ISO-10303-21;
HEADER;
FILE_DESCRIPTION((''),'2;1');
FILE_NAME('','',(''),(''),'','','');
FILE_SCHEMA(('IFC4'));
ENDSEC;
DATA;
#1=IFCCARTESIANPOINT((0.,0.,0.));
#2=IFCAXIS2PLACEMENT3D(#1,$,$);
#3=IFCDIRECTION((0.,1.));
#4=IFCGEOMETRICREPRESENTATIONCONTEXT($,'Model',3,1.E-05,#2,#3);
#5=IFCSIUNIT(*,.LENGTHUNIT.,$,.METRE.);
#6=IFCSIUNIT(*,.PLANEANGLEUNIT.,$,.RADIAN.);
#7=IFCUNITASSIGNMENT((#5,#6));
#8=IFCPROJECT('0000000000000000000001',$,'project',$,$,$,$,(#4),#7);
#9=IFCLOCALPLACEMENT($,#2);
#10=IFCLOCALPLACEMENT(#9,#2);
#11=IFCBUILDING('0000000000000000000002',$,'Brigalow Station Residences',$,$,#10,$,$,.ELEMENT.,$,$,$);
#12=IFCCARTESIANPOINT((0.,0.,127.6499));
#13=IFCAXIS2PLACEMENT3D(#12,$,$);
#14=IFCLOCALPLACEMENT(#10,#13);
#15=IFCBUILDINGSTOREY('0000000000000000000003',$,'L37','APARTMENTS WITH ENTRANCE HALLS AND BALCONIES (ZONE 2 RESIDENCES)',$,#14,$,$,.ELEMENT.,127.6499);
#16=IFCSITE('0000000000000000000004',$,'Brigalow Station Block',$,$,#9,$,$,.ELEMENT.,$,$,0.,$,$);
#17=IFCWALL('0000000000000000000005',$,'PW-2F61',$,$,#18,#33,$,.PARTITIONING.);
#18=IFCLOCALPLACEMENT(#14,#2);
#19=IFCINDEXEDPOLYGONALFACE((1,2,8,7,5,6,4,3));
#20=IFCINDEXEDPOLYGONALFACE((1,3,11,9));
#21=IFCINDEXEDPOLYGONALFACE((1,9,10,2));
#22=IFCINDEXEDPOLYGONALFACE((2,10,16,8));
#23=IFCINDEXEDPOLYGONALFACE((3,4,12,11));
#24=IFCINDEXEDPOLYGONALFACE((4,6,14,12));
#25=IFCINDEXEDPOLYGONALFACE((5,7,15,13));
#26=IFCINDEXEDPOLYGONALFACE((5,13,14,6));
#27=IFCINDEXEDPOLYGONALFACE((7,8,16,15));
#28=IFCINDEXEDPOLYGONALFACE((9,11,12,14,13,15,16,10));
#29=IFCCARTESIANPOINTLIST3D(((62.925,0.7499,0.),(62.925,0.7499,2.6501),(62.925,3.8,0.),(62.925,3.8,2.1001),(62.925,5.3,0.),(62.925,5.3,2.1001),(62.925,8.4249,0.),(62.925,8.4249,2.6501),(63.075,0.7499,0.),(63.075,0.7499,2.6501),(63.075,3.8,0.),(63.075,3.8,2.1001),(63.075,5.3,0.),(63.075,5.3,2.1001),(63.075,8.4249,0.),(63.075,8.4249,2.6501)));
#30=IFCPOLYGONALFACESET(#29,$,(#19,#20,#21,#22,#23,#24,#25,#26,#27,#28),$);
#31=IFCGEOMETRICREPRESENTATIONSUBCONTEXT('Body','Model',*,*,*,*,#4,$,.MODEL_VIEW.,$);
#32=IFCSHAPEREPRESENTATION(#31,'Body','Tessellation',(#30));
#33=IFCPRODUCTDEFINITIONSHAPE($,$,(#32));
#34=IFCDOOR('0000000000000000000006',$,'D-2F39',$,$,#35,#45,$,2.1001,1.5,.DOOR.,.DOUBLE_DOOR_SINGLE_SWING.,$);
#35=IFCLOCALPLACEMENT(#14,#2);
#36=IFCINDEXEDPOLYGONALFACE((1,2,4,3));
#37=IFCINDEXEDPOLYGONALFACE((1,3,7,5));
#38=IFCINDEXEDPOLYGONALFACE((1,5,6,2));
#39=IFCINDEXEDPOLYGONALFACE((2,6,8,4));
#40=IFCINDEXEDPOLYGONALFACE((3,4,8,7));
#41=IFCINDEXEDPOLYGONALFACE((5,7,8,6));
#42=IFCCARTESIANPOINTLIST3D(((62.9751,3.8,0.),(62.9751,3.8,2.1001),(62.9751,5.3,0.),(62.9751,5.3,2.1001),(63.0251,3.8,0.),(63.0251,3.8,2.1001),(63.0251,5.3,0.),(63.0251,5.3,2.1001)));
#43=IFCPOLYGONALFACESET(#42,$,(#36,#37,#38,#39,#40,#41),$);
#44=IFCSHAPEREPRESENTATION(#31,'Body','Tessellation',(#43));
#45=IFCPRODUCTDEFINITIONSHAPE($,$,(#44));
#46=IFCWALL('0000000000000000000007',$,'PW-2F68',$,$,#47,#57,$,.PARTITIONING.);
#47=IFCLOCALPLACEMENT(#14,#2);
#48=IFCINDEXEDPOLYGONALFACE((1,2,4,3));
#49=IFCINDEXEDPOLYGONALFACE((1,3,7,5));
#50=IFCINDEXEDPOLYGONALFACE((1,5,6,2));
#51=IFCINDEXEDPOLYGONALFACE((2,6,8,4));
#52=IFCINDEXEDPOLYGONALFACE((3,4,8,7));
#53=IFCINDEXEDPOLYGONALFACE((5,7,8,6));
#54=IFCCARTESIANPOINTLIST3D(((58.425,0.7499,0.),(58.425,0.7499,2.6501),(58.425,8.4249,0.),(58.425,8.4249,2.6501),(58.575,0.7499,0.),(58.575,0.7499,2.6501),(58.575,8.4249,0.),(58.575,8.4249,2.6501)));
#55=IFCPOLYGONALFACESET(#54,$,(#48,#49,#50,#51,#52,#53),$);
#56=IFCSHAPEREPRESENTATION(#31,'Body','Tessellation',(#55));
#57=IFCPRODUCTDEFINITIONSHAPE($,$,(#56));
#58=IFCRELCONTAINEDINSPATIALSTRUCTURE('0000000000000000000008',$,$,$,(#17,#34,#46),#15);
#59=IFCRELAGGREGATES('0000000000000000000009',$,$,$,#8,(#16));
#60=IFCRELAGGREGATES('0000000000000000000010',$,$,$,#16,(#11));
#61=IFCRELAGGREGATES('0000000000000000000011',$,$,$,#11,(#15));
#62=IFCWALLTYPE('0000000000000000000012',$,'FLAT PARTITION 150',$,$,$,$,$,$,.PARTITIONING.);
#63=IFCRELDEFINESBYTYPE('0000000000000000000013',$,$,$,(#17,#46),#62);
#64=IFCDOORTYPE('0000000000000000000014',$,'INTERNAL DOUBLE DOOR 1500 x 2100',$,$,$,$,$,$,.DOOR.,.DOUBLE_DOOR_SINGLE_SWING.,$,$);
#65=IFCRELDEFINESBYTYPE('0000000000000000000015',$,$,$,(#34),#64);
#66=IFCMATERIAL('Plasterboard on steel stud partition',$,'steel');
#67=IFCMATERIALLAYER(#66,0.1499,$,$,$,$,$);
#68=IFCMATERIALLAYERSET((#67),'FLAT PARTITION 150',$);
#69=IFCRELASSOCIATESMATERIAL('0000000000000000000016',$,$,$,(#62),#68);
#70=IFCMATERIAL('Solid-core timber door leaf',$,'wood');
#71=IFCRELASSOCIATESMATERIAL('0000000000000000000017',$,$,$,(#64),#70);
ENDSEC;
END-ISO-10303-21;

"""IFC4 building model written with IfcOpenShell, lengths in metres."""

from ifc_helpers import new_model, si_unit, direction, frame, frame_2d, origin, place, context, subcontext, project, spatial, rectangle, extrude, material, layer, layer_set, type_object, element, fill, save


model = new_model("IFC4")

# Units and contexts
model_context = context("Model", 3, precision=1e-05, world=origin(), true_north=direction((0.0, 1.0)))
body_context = subcontext(model_context, "Body", "Model", "MODEL_VIEW")
ifc_project = project(units=[si_unit("LENGTHUNIT", "METRE"), si_unit("PLANEANGLEUNIT", "RADIAN")], contexts=[model_context])

# Site, building, storey
site_placement = place(None, origin())
site = spatial("IfcSite", under=ifc_project, at=site_placement, Name="Brigalow Station Block", CompositionType="ELEMENT", RefElevation=0.0)
building_placement = place(site_placement, origin())
building = spatial("IfcBuilding", under=site, at=building_placement, Name="Brigalow Station Residences", CompositionType="ELEMENT")
storey_placement = place(building_placement, frame((0.0, 0.0, 127.6499)))
storey = spatial("IfcBuildingStorey", under=building, at=storey_placement, Name="L37", Description="APARTMENTS WITH ENTRANCE HALLS AND BALCONIES (ZONE 2 RESIDENCES)", CompositionType="ELEMENT", Elevation=127.6499)

# Wall, opening, door
ifc_material_1 = material(Name="Plasterboard on steel stud partition", Category="steel")
ifc_layer_1 = layer(ifc_material_1, 0.1499)
ifc_layer_set_1 = layer_set([ifc_layer_1], Name="FLAT PARTITION 150")
wall_type_1 = type_object("IfcWallType", Name="FLAT PARTITION 150", PredefinedType="PARTITIONING", material=ifc_layer_set_1)
wall_1_placement = place(storey_placement, frame((63.0, 0.75, 0.0), z_axis=(0.0, 0.0, 1.0), x_axis=(0.0, 1.0, 0.0)))
wall_1 = element("IfcWall", 1, at=wall_1_placement, inside=storey, type_object=wall_type_1, Name="PW-2F61", PredefinedType="PARTITIONING", context=body_context, shape_type="SweptSolid", body=[
    extrude(rectangle(XDim=7.675, YDim=0.1499, at=frame_2d((3.8374, 0.0))), origin(), (0.0, 0.0, 1.0), 2.6501),
])
opening_1_placement = place(wall_1_placement, frame((3.05, 0.0, 0.0)))
opening_1 = element("IfcOpeningElement", 2, at=opening_1_placement, cuts=wall_1, PredefinedType="OPENING", context=body_context, shape_type="SweptSolid", body=[
    extrude(rectangle(XDim=1.5, YDim=2.1001, at=frame_2d((0.75, 1.05))), frame((0.0, 0.085, 0.0), z_axis=(0.0, -1.0, 0.0), x_axis=(1.0, 0.0, 0.0)), (0.0, 0.0, 1.0), 0.1699),
])
ifc_material_2 = material(Name="Solid-core timber door leaf", Category="wood")
door_type = type_object("IfcDoorType", Name="INTERNAL DOUBLE DOOR 1500 x 2100", OperationType="DOUBLE_DOOR_SINGLE_SWING", PredefinedType="DOOR", material=ifc_material_2)
door_placement = place(opening_1_placement, origin())
door = element("IfcDoor", 3, at=door_placement, inside=storey, type_object=door_type, Name="D-2F39", OperationType="DOUBLE_DOOR_SINGLE_SWING", OverallHeight=2.1001, OverallWidth=1.5, PredefinedType="DOOR", context=body_context, shape_type="SweptSolid", body=[
    extrude(rectangle(XDim=1.5, YDim=2.1001, at=frame_2d((0.75, 1.05))), frame((0.0, 0.0249, 0.0), z_axis=(0.0, -1.0, 0.0), x_axis=(1.0, 0.0, 0.0)), (0.0, 0.0, 1.0), 0.05),
])
fill(opening_1, door)

# Wall
wall_2_placement = place(storey_placement, frame((58.5, 0.75, 0.0), z_axis=(0.0, 0.0, 1.0), x_axis=(0.0, 1.0, 0.0)))
element("IfcWall", 4, at=wall_2_placement, inside=storey, type_object=wall_type_1, Name="PW-2F68", PredefinedType="PARTITIONING", context=body_context, shape_type="SweptSolid", body=[
    extrude(rectangle(XDim=7.675, YDim=0.1499, at=frame_2d((3.8374, 0.0))), origin(), (0.0, 0.0, 1.0), 2.6501),
])

save(model, "model.ifc")
